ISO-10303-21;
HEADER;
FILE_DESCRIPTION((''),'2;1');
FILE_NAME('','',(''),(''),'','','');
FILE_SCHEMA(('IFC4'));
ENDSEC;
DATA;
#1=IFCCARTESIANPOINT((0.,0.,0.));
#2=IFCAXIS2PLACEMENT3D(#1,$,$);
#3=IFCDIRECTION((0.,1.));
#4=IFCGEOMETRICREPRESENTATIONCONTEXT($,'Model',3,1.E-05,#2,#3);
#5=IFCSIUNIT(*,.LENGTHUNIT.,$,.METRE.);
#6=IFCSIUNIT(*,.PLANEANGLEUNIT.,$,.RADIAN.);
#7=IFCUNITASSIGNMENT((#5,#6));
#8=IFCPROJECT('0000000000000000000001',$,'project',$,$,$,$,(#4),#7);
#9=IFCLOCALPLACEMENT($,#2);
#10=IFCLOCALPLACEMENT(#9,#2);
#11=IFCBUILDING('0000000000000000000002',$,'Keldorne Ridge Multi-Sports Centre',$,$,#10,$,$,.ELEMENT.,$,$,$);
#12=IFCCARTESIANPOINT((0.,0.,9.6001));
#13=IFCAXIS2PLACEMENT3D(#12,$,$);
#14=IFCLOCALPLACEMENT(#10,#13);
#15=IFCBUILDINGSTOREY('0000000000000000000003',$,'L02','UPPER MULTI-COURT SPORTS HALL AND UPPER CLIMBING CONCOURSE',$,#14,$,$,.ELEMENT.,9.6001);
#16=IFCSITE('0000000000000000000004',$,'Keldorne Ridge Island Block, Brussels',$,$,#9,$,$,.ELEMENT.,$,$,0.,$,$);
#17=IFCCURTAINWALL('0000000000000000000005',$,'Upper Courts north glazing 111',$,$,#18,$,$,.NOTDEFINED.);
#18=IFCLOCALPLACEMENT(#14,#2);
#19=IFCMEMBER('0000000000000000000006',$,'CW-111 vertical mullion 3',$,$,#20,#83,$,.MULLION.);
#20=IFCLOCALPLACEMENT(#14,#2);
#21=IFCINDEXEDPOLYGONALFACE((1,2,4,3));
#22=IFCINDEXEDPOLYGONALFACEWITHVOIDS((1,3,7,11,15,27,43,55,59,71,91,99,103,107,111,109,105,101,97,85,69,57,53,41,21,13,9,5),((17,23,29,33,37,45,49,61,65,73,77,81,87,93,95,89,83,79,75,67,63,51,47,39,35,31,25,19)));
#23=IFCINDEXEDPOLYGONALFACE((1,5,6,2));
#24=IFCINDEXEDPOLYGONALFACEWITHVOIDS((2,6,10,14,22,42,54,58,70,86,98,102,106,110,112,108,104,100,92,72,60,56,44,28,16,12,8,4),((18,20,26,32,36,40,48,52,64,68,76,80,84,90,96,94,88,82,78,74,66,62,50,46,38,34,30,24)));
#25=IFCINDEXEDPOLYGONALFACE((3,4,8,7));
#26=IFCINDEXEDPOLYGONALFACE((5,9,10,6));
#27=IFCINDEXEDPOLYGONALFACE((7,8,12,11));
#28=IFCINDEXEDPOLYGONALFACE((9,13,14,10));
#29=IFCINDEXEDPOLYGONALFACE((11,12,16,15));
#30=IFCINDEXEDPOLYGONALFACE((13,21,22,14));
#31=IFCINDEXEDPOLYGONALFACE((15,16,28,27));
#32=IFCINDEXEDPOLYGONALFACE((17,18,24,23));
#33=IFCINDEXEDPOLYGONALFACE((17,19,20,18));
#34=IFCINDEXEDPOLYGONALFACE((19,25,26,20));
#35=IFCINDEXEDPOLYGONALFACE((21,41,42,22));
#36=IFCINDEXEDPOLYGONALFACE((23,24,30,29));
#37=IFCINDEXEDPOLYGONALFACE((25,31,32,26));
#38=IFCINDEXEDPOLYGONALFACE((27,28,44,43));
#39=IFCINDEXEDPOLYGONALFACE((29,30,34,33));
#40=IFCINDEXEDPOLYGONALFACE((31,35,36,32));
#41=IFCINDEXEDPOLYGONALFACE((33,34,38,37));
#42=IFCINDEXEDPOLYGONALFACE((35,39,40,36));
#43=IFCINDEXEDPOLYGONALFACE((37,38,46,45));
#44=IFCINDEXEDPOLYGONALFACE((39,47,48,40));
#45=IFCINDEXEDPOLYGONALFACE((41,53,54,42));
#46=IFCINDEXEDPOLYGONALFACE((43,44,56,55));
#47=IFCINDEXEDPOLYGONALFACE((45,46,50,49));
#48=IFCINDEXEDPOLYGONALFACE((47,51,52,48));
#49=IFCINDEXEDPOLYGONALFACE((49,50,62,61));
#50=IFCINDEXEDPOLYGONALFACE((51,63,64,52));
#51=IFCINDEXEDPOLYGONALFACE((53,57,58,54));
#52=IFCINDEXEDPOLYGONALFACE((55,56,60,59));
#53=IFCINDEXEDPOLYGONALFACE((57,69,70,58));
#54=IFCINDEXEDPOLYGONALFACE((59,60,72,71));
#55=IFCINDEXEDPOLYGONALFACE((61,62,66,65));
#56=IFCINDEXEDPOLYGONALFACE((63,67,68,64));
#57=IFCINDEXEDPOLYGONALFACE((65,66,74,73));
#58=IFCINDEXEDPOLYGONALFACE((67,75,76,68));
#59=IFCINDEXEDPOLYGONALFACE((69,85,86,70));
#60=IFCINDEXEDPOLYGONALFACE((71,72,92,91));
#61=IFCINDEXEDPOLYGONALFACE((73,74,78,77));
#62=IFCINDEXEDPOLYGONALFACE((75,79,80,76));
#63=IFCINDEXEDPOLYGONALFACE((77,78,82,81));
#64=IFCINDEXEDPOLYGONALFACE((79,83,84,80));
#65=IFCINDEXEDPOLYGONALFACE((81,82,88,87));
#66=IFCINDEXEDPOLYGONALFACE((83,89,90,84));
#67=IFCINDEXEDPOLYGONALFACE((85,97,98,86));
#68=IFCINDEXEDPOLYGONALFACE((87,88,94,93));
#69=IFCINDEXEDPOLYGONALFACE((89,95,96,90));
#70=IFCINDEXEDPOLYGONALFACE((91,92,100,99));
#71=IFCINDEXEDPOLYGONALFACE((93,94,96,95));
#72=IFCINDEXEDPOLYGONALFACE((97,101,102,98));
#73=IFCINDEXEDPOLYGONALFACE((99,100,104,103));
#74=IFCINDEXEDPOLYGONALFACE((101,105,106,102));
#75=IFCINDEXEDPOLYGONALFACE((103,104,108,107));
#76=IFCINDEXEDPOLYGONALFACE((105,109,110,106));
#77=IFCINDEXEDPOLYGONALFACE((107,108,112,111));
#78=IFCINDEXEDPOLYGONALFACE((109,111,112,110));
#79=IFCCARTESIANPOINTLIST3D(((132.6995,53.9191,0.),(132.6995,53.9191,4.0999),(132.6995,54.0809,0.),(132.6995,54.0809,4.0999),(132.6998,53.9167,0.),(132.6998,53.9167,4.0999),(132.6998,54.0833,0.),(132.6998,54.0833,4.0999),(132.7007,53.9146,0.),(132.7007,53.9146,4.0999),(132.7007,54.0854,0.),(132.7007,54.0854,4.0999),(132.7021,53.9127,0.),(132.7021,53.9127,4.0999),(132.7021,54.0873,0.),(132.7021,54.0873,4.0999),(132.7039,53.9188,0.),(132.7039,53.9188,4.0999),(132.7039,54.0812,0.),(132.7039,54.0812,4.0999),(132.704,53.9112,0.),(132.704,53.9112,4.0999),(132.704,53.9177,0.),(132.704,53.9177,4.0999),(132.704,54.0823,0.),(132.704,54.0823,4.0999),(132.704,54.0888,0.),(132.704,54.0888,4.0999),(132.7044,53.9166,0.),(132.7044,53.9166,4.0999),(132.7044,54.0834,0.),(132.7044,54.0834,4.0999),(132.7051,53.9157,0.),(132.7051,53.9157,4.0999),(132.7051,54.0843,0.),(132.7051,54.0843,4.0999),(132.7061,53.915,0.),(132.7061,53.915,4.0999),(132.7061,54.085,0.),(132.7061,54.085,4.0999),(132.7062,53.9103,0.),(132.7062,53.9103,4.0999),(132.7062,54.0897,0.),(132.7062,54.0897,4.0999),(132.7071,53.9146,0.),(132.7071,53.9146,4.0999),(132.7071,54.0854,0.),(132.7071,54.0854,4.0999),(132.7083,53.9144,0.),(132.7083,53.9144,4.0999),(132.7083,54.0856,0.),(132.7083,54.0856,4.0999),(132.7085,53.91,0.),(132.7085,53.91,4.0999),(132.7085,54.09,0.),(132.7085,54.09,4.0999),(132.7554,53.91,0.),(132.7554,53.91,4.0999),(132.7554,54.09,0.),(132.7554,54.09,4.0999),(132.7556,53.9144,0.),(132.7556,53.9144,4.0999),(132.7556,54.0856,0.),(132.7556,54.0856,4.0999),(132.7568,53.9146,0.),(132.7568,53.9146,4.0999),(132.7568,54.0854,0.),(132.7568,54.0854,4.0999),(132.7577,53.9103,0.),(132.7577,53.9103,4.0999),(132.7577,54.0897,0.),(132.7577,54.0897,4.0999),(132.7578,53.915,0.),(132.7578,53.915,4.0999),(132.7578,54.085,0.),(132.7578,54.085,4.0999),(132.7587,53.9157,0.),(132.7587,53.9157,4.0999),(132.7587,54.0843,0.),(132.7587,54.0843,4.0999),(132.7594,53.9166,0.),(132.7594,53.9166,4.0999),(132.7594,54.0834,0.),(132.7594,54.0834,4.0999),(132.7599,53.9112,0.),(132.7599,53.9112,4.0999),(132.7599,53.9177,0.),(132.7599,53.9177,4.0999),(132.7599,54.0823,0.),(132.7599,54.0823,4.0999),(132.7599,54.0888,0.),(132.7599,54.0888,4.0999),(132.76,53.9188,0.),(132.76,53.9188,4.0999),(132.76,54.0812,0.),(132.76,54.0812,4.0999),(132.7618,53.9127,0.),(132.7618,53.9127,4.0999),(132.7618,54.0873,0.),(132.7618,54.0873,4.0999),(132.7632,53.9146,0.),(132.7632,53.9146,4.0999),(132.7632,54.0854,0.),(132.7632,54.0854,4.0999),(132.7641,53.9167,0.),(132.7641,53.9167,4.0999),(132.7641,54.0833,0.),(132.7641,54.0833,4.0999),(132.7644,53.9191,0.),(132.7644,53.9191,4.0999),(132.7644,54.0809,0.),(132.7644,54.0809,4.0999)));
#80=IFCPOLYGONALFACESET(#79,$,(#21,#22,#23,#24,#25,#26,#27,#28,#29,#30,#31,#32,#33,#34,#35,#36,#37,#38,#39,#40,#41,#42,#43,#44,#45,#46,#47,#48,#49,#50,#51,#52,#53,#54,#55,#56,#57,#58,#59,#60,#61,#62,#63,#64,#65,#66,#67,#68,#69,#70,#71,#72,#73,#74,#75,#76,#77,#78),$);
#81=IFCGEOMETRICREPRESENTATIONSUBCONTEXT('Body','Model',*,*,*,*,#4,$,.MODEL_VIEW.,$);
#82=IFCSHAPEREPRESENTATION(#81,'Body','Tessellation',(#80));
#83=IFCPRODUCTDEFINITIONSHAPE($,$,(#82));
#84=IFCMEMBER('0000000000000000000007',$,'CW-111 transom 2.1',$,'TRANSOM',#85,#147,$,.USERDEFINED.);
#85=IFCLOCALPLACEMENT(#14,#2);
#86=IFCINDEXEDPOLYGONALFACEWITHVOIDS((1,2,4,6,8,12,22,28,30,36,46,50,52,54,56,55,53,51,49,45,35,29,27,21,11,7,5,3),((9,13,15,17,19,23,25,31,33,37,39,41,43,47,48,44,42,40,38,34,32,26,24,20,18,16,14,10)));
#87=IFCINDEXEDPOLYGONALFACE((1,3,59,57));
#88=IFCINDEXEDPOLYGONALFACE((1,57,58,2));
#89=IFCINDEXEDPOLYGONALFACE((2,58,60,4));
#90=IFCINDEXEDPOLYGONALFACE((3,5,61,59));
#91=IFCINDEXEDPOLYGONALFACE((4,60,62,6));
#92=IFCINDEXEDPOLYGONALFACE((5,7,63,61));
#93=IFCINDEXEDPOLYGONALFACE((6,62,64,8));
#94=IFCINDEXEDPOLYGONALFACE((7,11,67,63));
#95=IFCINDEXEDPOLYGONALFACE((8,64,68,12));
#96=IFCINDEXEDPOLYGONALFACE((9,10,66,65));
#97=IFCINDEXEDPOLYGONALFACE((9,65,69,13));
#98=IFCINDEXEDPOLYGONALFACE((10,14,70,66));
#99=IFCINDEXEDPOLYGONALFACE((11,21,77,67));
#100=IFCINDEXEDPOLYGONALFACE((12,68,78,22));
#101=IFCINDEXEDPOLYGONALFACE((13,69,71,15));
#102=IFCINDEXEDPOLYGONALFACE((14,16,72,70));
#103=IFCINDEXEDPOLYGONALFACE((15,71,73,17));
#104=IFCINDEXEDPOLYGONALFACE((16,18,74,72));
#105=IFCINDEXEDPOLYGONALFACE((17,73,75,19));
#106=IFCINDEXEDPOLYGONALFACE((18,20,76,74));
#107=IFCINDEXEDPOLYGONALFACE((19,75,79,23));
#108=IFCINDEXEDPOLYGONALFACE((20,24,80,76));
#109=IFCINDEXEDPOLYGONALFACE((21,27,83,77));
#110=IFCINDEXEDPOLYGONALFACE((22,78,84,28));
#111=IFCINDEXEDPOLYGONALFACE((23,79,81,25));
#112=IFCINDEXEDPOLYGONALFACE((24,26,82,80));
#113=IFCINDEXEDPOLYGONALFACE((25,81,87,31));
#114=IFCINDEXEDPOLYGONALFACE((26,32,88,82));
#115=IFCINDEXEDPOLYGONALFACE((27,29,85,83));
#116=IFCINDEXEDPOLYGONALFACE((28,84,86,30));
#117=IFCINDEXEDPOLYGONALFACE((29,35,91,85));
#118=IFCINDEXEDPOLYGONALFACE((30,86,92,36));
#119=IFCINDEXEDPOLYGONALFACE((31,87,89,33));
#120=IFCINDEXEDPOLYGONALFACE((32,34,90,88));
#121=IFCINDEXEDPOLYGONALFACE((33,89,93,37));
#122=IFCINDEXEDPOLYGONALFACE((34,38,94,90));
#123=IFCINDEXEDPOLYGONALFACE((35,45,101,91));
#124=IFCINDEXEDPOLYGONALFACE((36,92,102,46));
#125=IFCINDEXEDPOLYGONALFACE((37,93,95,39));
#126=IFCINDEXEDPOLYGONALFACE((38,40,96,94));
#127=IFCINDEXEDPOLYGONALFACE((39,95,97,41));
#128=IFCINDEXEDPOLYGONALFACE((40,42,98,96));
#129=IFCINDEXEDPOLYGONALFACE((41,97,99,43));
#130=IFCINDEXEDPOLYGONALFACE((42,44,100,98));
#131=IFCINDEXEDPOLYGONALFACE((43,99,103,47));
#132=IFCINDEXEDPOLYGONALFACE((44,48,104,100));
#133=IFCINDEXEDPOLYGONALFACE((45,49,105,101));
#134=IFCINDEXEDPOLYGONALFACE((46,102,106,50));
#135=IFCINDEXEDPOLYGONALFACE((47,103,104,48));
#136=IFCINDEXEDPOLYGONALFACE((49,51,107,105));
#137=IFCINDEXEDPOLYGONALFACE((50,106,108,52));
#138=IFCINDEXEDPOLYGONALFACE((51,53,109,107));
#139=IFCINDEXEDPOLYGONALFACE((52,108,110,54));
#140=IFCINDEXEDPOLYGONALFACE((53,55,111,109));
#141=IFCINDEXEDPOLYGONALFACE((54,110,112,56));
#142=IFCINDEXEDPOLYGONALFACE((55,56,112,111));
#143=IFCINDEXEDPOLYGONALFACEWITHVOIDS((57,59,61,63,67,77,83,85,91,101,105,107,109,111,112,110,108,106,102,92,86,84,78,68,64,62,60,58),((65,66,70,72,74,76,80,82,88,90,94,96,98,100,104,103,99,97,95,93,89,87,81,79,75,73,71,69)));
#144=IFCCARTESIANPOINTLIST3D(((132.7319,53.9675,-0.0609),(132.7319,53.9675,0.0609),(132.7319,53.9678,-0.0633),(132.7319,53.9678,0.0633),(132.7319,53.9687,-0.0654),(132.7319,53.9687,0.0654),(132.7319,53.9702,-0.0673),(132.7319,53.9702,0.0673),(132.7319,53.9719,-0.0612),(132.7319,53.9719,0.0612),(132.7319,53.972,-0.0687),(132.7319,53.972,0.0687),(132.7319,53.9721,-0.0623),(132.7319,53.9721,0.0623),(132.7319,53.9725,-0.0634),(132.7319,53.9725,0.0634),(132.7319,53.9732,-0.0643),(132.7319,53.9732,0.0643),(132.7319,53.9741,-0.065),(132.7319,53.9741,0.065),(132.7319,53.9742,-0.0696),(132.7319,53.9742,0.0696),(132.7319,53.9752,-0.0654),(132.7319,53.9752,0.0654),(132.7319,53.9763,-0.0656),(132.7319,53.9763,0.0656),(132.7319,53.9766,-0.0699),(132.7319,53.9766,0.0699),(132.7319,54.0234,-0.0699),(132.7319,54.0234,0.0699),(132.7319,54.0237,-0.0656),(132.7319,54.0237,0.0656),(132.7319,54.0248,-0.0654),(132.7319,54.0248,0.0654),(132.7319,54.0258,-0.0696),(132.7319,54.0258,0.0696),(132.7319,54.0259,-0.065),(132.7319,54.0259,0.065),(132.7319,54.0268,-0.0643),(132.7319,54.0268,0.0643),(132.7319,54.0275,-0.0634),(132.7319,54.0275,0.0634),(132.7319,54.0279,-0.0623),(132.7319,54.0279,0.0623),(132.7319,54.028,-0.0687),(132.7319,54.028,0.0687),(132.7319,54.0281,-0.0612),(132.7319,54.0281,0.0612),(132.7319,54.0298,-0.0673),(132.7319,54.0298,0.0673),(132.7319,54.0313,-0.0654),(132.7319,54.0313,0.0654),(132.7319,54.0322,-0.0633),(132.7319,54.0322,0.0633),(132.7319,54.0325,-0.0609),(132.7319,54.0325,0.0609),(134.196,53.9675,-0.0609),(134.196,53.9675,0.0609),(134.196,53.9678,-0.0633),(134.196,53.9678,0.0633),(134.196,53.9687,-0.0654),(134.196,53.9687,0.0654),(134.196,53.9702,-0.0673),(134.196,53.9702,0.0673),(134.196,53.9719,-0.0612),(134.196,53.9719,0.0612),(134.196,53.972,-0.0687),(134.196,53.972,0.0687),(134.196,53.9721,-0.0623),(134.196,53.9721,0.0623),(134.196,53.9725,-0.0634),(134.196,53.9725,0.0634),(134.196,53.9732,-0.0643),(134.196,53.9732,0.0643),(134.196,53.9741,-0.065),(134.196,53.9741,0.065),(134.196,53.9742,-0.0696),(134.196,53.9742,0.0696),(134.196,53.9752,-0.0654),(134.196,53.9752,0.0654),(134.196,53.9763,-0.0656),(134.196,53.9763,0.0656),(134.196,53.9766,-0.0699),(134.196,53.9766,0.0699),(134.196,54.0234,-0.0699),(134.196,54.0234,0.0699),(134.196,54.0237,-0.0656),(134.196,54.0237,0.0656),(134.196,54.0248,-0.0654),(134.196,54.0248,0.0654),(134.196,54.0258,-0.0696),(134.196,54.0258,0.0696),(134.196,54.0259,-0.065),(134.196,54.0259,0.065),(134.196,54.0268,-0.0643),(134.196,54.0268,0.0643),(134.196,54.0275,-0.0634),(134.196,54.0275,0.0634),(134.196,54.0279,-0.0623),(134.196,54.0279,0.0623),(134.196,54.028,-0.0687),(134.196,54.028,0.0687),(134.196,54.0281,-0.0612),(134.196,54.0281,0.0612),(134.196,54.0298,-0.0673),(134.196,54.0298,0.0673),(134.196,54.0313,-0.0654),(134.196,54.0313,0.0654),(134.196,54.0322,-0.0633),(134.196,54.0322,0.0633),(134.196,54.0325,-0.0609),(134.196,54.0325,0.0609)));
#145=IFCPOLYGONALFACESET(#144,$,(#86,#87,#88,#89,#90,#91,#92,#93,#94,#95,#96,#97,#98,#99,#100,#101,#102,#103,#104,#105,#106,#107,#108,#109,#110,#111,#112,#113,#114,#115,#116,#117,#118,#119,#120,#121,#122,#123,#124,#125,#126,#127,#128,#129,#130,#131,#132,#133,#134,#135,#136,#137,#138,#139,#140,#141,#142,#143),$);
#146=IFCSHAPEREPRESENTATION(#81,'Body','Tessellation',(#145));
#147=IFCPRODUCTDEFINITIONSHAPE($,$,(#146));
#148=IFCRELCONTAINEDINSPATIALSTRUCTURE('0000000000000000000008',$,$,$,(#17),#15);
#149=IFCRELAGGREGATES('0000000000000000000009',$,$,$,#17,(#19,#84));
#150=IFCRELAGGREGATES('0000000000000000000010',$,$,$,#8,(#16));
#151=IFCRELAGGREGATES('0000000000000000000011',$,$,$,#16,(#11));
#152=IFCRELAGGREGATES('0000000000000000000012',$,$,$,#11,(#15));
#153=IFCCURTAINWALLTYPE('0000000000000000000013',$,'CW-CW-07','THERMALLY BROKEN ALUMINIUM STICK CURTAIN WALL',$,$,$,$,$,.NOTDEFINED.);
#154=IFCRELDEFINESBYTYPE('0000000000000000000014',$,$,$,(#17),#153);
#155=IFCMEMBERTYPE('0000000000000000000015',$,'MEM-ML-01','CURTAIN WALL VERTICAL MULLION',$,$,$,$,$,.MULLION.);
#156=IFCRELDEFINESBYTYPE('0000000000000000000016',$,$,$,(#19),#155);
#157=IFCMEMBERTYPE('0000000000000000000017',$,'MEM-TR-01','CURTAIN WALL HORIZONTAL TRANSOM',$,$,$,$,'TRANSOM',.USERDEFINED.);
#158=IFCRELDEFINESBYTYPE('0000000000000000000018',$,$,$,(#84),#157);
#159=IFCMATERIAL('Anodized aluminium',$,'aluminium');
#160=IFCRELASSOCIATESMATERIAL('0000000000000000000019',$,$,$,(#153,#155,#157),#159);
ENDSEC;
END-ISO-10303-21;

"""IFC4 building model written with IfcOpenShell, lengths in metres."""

from ifc_helpers import new_model, si_unit, direction, frame, origin, origin_2d, place, context, subcontext, project, spatial, hollow_rectangle, extrude, material, material_profile, profile_set, type_object, element, aggregate, save


model = new_model("IFC4")

# Units and contexts
model_context = context("Model", 3, precision=1e-05, world=origin(), true_north=direction((0.0, 1.0)))
body_context = subcontext(model_context, "Body", "Model", "MODEL_VIEW")
ifc_project = project(units=[si_unit("LENGTHUNIT", "METRE"), si_unit("PLANEANGLEUNIT", "RADIAN")], contexts=[model_context])

# Site, building, storey
site_placement = place(None, origin())
site = spatial("IfcSite", under=ifc_project, at=site_placement, Name="Keldorne Ridge Island Block, Brussels", CompositionType="ELEMENT", RefElevation=0.0)
building_placement = place(site_placement, origin())
building = spatial("IfcBuilding", under=site, at=building_placement, Name="Keldorne Ridge Multi-Sports Centre", CompositionType="ELEMENT")
storey_placement = place(building_placement, frame((0.0, 0.0, 9.6001)))
storey = spatial("IfcBuildingStorey", under=building, at=storey_placement, Name="L02", Description="UPPER MULTI-COURT SPORTS HALL AND UPPER CLIMBING CONCOURSE", CompositionType="ELEMENT", Elevation=9.6001)

# Curtain wall, members
ifc_material_1 = material(Name="Anodized aluminium", Category="aluminium")
curtain_wall_type = type_object("IfcCurtainWallType", Name="CW-CW-07", Description="THERMALLY BROKEN ALUMINIUM STICK CURTAIN WALL", PredefinedType="NOTDEFINED", material=ifc_material_1)
curtain_wall_placement = place(storey_placement, origin())
curtain_wall = element("IfcCurtainWall", 1, at=curtain_wall_placement, inside=storey, type_object=curtain_wall_type, Name="Upper Courts north glazing 111", PredefinedType="NOTDEFINED")
ifc_material_profile_1 = material_profile(ifc_material_1, hollow_rectangle(XDim=0.0649, YDim=0.1799, WallThickness=0.0044, InnerFilletRadius=0.0044, OuterFilletRadius=0.009, at=origin_2d()), Name="ALU MULLION 180x65x4.5")
ifc_profile_set_1 = profile_set([ifc_material_profile_1], Name="Anodized aluminium")
member_type_1 = type_object("IfcMemberType", Name="MEM-ML-01", Description="CURTAIN WALL VERTICAL MULLION", PredefinedType="MULLION", material=ifc_profile_set_1)
member_1_placement = place(storey_placement, frame((132.7319, 54.0, 0.0), z_axis=(0.0, 0.0, 1.0), x_axis=(1.0, 0.0, 0.0)))
member_1 = element("IfcMember", 2, at=member_1_placement, type_object=member_type_1, Name="CW-111 vertical mullion 3", PredefinedType="MULLION", context=body_context, shape_type="SweptSolid", body=[
    extrude(hollow_rectangle(XDim=0.0649, YDim=0.1799, WallThickness=0.0044, InnerFilletRadius=0.0044, OuterFilletRadius=0.009, at=origin_2d()), origin(), (0.0, 0.0, 1.0), 4.0999),
])
ifc_material_profile_2 = material_profile(ifc_material_1, hollow_rectangle(XDim=0.0649, YDim=0.1399, WallThickness=0.0044, InnerFilletRadius=0.0044, OuterFilletRadius=0.009, at=origin_2d()), Name="ALU TRANSOM 140x65x4.5")
ifc_profile_set_2 = profile_set([ifc_material_profile_2], Name="Anodized aluminium")
member_type_2 = type_object("IfcMemberType", Name="MEM-TR-01", Description="CURTAIN WALL HORIZONTAL TRANSOM", ElementType="TRANSOM", PredefinedType="USERDEFINED", material=ifc_profile_set_2)
member_2_placement = place(storey_placement, frame((134.196, 54.0, 0.0), z_axis=(-1.0, 0.0, 0.0), x_axis=(0.0, -1.0, 0.0)))
member_2 = element("IfcMember", 3, at=member_2_placement, type_object=member_type_2, Name="CW-111 transom 2.1", ObjectType="TRANSOM", PredefinedType="USERDEFINED", context=body_context, shape_type="SweptSolid", body=[
    extrude(hollow_rectangle(XDim=0.0649, YDim=0.1399, WallThickness=0.0044, InnerFilletRadius=0.0044, OuterFilletRadius=0.009, at=origin_2d()), origin(), (0.0, 0.0, 1.0), 1.4641),
])
aggregate(curtain_wall, [member_1, member_2])

save(model, "model.ifc")
